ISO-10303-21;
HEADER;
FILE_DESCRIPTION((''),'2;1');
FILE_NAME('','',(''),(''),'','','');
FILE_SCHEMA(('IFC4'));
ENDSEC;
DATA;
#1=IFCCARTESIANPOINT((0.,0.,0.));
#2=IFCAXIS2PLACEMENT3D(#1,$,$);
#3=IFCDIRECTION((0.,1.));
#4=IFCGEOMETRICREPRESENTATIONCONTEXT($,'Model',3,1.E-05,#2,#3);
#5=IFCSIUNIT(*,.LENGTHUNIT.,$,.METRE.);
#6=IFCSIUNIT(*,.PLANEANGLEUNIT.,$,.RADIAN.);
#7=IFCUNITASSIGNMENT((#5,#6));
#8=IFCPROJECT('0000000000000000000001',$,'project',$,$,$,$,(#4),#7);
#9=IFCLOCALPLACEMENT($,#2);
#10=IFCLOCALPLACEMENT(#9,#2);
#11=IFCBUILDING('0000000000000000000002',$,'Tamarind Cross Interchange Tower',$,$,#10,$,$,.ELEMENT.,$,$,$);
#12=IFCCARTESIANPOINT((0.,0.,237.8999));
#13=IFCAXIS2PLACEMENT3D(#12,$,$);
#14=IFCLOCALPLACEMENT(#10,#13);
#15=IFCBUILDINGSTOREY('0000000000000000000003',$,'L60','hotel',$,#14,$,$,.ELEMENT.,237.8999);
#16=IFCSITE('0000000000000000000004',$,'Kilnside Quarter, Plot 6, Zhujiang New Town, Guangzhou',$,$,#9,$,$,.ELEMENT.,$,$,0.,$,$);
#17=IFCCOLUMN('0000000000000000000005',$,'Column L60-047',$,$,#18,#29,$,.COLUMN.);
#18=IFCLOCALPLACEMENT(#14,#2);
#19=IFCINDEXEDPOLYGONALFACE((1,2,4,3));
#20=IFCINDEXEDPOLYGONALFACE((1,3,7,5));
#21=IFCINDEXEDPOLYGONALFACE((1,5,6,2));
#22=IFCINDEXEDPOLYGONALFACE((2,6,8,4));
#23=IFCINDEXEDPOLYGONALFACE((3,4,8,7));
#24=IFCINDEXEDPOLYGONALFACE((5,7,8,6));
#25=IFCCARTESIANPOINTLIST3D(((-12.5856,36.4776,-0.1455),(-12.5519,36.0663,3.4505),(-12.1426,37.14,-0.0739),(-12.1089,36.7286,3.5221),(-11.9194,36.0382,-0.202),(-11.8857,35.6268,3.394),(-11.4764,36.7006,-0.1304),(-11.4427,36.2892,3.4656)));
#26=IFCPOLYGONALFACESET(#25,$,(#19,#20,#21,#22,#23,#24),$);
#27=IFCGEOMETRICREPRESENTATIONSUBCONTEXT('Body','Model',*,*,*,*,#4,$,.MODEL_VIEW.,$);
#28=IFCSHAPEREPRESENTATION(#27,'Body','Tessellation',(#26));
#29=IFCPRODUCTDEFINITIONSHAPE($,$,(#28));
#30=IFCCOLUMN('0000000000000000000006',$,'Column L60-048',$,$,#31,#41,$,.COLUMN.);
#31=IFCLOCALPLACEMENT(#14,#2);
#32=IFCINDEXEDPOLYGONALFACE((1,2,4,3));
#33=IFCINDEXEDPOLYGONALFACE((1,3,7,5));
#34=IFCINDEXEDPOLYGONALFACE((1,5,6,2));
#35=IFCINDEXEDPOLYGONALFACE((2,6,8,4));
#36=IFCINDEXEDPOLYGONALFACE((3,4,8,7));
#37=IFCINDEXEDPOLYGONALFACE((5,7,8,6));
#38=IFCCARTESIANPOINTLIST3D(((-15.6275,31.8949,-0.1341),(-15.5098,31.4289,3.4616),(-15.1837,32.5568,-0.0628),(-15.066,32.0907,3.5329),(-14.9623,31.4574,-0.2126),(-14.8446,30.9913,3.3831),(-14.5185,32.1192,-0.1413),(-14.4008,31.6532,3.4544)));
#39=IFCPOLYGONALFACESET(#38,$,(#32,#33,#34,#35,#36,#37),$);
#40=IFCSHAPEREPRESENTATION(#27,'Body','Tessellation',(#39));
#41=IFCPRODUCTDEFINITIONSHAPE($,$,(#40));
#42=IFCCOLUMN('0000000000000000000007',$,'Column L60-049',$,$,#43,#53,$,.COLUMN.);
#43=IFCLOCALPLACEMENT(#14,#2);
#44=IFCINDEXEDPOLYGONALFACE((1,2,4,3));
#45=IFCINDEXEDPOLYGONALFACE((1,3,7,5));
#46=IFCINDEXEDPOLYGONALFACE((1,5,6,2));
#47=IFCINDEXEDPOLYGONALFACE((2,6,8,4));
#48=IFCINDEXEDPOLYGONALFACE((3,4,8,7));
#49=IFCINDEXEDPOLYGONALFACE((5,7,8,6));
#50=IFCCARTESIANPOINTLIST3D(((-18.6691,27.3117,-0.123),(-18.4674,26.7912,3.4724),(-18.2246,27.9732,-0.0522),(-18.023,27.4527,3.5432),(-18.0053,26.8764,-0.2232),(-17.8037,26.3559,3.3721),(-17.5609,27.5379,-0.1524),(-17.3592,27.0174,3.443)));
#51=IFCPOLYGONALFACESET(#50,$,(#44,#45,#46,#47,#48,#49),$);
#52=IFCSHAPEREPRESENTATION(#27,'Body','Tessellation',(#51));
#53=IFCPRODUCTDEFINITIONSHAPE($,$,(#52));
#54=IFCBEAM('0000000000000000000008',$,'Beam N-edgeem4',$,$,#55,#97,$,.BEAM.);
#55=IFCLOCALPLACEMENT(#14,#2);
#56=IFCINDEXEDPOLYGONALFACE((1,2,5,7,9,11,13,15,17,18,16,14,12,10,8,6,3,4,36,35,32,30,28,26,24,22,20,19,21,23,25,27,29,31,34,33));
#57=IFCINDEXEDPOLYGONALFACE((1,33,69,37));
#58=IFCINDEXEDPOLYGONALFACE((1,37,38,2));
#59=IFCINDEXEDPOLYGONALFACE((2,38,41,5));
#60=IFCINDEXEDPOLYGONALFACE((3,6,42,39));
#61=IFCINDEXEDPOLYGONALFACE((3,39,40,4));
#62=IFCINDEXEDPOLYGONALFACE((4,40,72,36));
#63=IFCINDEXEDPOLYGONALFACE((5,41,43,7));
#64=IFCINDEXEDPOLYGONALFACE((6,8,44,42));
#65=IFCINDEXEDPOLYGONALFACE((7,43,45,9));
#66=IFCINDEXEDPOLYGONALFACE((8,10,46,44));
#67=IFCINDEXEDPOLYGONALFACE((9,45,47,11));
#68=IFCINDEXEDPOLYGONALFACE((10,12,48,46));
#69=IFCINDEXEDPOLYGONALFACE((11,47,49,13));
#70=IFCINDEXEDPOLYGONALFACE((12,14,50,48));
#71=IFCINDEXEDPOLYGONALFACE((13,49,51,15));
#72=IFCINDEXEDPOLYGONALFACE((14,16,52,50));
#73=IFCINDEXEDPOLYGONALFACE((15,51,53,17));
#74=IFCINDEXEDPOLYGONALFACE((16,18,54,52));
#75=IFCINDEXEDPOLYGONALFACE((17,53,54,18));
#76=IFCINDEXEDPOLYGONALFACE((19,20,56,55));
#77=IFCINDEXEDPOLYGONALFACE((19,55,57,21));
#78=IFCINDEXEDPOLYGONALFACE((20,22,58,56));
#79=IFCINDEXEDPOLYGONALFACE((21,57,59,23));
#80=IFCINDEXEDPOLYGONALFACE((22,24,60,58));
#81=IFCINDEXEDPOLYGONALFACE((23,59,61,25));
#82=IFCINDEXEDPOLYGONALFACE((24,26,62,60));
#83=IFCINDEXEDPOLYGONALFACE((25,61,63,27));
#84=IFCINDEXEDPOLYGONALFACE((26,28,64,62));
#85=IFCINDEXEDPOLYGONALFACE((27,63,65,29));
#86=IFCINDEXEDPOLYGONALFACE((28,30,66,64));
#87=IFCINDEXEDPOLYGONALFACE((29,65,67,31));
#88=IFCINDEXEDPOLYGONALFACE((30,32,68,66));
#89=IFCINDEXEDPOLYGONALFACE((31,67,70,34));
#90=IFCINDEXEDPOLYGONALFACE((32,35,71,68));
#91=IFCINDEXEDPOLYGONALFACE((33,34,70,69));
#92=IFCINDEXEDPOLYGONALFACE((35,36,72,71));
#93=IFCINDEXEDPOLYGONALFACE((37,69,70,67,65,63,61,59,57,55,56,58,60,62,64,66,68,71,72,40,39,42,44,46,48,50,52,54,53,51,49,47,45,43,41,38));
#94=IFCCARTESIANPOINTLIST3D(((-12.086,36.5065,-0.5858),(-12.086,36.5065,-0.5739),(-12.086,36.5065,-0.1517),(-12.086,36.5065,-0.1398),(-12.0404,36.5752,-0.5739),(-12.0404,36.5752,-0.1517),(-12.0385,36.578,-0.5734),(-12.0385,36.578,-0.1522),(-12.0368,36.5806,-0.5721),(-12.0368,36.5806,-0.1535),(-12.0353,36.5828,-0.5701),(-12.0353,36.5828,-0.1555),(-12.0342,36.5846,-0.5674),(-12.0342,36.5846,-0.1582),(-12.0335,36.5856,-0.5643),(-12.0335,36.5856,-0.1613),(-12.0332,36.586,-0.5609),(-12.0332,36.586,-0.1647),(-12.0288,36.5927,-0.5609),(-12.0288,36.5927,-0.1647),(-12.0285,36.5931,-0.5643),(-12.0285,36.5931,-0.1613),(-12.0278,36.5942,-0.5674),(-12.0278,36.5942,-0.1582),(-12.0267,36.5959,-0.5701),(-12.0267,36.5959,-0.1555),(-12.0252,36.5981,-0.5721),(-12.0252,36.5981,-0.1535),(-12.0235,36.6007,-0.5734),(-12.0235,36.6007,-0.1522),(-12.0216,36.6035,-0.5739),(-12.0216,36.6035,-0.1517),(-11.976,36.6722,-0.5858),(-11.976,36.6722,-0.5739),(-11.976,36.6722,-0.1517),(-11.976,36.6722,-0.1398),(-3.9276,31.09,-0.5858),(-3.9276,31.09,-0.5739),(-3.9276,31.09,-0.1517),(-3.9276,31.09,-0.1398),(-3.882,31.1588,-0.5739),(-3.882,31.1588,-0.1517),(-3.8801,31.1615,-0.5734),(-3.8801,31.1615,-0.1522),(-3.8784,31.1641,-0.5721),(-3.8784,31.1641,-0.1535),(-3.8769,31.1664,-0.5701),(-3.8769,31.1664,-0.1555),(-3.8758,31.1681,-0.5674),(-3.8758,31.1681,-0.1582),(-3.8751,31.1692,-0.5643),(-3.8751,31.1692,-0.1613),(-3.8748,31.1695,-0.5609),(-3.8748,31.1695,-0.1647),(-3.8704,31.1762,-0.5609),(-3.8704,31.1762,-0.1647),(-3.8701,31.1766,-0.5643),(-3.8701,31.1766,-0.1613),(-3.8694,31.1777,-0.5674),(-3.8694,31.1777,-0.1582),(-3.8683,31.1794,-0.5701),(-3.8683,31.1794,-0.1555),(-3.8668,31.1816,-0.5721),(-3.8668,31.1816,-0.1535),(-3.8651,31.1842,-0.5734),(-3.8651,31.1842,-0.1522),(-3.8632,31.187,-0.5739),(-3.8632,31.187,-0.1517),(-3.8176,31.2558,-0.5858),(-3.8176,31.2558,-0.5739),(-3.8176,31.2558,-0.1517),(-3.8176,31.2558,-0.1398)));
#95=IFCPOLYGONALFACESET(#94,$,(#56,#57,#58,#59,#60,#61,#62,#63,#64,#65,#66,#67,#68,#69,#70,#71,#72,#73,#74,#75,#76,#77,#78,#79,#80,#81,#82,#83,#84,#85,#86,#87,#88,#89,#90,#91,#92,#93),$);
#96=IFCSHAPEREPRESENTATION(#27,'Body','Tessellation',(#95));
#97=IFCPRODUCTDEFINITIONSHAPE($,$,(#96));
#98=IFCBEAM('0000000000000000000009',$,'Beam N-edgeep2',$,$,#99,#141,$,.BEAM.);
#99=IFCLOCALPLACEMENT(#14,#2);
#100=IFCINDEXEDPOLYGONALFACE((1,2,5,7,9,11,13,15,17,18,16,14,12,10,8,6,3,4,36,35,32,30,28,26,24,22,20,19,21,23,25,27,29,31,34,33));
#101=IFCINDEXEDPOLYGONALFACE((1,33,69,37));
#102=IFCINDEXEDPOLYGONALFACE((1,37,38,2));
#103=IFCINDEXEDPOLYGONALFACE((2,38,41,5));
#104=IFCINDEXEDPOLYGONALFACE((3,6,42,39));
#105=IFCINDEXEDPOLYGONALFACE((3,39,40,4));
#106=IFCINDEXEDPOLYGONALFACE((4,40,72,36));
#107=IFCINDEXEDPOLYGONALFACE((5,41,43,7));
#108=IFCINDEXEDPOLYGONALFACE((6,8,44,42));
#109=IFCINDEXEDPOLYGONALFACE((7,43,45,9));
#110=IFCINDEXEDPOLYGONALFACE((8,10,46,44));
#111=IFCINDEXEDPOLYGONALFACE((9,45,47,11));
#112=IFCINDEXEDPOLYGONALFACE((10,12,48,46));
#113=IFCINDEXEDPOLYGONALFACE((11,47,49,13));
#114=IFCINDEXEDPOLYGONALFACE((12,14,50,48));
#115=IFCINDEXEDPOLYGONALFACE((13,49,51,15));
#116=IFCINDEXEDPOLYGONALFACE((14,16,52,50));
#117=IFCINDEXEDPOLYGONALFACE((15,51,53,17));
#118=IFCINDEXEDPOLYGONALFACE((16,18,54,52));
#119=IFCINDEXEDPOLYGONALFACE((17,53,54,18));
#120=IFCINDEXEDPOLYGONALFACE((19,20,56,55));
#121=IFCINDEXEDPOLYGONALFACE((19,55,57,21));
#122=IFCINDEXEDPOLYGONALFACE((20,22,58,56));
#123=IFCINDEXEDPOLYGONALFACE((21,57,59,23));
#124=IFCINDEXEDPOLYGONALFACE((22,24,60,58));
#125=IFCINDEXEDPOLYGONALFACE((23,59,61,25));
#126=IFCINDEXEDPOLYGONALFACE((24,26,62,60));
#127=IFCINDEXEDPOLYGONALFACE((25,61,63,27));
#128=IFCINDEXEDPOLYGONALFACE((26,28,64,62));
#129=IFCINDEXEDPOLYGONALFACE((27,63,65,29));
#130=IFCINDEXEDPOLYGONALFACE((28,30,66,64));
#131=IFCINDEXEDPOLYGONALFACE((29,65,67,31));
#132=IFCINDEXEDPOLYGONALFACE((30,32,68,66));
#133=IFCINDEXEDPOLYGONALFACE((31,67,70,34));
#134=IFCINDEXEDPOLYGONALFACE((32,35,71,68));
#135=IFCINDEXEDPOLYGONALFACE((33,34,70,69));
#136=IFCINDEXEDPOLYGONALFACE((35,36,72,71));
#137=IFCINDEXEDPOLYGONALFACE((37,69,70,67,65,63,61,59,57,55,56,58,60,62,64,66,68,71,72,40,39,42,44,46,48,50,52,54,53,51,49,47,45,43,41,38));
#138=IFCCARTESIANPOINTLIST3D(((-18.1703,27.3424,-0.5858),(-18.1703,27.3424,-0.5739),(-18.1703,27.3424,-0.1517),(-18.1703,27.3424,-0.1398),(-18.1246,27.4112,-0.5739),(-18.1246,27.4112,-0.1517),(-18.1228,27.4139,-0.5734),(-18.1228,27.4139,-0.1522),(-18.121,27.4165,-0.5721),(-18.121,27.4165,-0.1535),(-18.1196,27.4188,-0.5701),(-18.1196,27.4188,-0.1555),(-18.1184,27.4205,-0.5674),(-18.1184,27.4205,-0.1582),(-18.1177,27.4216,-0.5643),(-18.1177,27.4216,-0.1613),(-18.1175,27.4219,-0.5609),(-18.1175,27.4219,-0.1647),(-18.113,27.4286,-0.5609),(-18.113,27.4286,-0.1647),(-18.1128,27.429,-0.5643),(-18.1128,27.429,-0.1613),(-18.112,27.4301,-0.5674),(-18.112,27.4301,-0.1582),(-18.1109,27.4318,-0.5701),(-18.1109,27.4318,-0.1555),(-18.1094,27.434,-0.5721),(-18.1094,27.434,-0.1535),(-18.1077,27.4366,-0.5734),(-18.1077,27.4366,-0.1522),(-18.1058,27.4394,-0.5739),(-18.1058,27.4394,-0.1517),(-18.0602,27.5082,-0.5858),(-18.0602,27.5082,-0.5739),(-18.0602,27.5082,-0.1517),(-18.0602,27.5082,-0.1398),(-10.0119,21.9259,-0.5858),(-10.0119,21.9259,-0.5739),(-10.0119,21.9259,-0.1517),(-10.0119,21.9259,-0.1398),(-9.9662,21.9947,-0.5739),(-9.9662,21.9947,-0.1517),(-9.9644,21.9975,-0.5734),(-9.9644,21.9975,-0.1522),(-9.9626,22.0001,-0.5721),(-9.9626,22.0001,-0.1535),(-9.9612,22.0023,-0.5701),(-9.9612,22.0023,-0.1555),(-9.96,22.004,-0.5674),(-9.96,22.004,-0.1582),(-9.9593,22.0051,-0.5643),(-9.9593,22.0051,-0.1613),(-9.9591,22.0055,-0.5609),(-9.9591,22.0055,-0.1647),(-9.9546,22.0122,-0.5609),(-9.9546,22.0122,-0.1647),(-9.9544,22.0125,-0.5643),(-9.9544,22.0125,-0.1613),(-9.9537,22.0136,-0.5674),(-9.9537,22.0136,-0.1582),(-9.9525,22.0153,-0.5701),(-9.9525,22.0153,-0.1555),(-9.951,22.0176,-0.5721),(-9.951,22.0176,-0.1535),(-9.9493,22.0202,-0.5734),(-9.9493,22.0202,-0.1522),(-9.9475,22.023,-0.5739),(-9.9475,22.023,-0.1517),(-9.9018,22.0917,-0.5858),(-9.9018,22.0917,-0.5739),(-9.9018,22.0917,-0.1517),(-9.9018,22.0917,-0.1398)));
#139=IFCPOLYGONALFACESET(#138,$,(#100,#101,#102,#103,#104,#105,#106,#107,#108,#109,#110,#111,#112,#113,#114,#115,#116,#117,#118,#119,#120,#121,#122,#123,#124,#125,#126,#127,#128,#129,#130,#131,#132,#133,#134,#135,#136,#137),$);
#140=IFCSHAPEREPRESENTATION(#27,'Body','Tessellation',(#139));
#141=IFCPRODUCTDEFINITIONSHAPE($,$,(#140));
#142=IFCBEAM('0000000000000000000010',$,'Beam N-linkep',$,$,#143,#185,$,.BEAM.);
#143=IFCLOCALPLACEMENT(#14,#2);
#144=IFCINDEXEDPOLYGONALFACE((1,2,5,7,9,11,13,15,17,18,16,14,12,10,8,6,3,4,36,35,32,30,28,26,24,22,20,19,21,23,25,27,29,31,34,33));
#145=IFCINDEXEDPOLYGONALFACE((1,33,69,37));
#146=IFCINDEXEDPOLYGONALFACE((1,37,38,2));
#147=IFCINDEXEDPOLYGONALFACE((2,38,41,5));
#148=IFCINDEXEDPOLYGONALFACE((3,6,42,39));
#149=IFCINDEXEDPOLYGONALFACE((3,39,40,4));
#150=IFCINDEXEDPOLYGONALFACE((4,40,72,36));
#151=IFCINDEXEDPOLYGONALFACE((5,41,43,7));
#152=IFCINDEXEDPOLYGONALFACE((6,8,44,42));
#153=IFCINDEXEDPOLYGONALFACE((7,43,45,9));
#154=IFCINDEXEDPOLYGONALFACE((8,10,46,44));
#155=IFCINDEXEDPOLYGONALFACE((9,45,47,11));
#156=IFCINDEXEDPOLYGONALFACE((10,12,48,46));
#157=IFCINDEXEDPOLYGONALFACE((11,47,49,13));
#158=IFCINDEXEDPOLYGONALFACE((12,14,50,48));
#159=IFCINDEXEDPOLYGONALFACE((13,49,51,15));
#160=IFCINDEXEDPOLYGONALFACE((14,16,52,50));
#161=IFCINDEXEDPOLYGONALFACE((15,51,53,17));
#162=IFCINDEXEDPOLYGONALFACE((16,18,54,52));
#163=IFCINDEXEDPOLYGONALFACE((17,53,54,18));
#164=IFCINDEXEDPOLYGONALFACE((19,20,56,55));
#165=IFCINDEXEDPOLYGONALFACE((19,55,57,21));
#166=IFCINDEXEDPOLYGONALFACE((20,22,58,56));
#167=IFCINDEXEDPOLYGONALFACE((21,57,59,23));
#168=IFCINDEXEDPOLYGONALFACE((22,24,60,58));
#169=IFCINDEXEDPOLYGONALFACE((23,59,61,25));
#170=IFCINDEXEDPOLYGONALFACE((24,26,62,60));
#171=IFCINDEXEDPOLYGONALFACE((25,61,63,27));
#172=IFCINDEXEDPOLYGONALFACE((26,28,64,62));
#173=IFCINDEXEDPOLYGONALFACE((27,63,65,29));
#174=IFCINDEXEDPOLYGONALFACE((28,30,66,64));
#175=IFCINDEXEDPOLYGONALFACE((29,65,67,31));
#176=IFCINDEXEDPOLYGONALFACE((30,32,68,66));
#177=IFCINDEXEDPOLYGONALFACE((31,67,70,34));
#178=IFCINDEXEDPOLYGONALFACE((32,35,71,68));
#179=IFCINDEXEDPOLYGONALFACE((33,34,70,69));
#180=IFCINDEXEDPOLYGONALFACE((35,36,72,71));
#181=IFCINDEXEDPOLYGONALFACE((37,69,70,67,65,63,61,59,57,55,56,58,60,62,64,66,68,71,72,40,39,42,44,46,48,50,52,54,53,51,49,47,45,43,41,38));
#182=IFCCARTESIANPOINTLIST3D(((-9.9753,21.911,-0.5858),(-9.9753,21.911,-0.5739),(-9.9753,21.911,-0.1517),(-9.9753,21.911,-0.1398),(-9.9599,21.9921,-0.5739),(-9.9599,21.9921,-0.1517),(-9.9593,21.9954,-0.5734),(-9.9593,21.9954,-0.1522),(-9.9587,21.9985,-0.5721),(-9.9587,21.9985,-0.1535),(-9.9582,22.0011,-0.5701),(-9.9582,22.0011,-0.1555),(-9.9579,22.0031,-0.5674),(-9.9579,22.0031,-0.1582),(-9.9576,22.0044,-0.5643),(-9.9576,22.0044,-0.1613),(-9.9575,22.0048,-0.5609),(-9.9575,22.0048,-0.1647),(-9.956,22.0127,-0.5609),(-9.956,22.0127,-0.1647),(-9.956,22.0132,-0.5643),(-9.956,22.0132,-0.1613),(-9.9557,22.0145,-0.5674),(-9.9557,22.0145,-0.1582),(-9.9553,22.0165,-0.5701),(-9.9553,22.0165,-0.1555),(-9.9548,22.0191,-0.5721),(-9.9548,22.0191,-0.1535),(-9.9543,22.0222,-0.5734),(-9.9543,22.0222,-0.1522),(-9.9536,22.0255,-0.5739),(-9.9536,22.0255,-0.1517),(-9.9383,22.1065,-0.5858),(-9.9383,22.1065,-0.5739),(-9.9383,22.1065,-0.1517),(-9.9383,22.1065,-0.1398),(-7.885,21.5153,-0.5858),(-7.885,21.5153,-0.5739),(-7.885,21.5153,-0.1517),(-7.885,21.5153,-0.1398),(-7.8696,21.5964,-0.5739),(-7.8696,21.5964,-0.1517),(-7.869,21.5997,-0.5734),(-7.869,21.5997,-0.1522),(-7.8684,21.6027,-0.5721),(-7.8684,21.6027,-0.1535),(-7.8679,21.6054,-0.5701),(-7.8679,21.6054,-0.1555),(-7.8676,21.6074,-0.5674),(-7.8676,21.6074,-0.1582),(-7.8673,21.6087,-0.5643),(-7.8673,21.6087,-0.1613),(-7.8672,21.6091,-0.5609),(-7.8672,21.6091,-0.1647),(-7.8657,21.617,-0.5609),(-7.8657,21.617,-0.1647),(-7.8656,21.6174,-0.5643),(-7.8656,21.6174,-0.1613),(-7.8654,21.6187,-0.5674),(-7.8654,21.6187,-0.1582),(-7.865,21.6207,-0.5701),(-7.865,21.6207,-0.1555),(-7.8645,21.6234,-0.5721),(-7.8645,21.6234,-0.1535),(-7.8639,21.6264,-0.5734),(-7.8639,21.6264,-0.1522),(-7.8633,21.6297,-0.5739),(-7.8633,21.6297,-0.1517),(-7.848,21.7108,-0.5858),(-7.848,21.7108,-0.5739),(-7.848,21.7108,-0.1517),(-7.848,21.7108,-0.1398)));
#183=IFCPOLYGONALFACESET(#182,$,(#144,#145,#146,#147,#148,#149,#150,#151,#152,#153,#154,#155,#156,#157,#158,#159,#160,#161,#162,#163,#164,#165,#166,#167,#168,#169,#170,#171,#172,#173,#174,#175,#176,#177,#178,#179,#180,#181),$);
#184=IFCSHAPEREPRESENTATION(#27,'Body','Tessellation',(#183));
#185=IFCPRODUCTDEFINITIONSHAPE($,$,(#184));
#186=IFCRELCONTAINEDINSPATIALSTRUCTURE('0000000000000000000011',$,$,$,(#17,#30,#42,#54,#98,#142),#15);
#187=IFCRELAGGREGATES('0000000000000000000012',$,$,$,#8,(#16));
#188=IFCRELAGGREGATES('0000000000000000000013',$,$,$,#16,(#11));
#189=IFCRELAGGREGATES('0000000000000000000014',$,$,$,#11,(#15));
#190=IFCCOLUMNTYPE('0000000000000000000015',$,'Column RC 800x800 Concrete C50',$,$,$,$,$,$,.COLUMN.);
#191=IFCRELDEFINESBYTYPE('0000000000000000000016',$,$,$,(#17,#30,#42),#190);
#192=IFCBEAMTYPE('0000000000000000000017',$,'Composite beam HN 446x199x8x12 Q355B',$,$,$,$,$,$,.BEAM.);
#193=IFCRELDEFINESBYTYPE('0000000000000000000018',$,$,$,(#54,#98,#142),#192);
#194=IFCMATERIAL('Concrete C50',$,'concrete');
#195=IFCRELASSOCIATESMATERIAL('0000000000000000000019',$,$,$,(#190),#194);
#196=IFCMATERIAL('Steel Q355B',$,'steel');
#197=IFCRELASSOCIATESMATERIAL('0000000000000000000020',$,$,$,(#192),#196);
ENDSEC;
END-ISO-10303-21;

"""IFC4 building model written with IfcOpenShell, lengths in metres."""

from ifc_helpers import new_model, si_unit, direction, frame, origin, origin_2d, place, context, subcontext, project, spatial, rectangle, i_section, extrude, material, material_profile, profile_set, type_object, element, save


model = new_model("IFC4")

# Units and contexts
model_context = context("Model", 3, precision=1e-05, world=origin(), true_north=direction((0.0, 1.0)))
body_context = subcontext(model_context, "Body", "Model", "MODEL_VIEW")
ifc_project = project(units=[si_unit("LENGTHUNIT", "METRE"), si_unit("PLANEANGLEUNIT", "RADIAN")], contexts=[model_context])

# Site, building, storey
site_placement = place(None, origin())
site = spatial("IfcSite", under=ifc_project, at=site_placement, Name="Kilnside Quarter, Plot 6, Zhujiang New Town, Guangzhou", CompositionType="ELEMENT", RefElevation=0.0)
building_placement = place(site_placement, origin())
building = spatial("IfcBuilding", under=site, at=building_placement, Name="Tamarind Cross Interchange Tower", CompositionType="ELEMENT")
storey_placement = place(building_placement, frame((0.0, 0.0, 237.8999)))
storey = spatial("IfcBuildingStorey", under=building, at=storey_placement, Name="L60", Description="hotel", CompositionType="ELEMENT", Elevation=237.8999)

# Columns
ifc_material_1 = material(Name="Concrete C50", Category="concrete")
ifc_material_profile_1 = material_profile(ifc_material_1, rectangle(XDim=0.8, YDim=0.8, at=origin_2d()), Name="RC 800x800")
ifc_profile_set_1 = profile_set([ifc_material_profile_1], Name="Concrete C50")
column_type = type_object("IfcColumnType", Name="Column RC 800x800 Concrete C50", PredefinedType="COLUMN", material=ifc_profile_set_1)
column_1_placement = place(storey_placement, frame((-12.031, 36.5891, -0.1379), z_axis=(0.009308, -0.113654, 0.993477), x_axis=(0.553677, 0.827905, 0.089525)))
element("IfcColumn", 1, at=column_1_placement, inside=storey, type_object=column_type, Name="Column L60-047", PredefinedType="COLUMN", context=body_context, shape_type="SweptSolid", body=[
    extrude(rectangle(XDim=0.8, YDim=0.8, at=origin_2d()), origin(), (0.0, 0.0, 1.0), 3.6196),
])
column_2_placement = place(storey_placement, frame((-15.073, 32.0071, -0.1377), z_axis=(0.032438, -0.128474, 0.991182), x_axis=(0.554677, 0.827284, 0.089077)))
element("IfcColumn", 2, at=column_2_placement, inside=storey, type_object=column_type, Name="Column L60-048", PredefinedType="COLUMN", context=body_context, shape_type="SweptSolid", body=[
    extrude(rectangle(XDim=0.8, YDim=0.8, at=origin_2d()), origin(), (0.0, 0.0, 1.0), 3.6277),
])
column_3_placement = place(storey_placement, frame((-18.115, 27.4248, -0.1377), z_axis=(0.055423, -0.143054, 0.988162), x_axis=(0.555549, 0.826758, 0.088529)))
element("IfcColumn", 3, at=column_3_placement, inside=storey, type_object=column_type, Name="Column L60-049", PredefinedType="COLUMN", context=body_context, shape_type="SweptSolid", body=[
    extrude(rectangle(XDim=0.8, YDim=0.8, at=origin_2d()), origin(), (0.0, 0.0, 1.0), 3.6384),
])

# Beams
ifc_material_2 = material(Name="Steel Q355B", Category="steel")
ifc_material_profile_2 = material_profile(ifc_material_2, i_section(OverallWidth=0.199, OverallDepth=0.446, WebThickness=0.0081, FlangeThickness=0.012, FilletRadius=0.0129, at=origin_2d()), Name="HN 446x199x8x12")
ifc_profile_set_2 = profile_set([ifc_material_profile_2], Name="Steel Q355B")
beam_type_1 = type_object("IfcBeamType", Name="Composite beam HN 446x199x8x12 Q355B", PredefinedType="BEAM", material=ifc_profile_set_2)
for number, where, z_axis, x_axis, name in (
    (4, (-12.031, 36.5894, -0.3628), (0.833107, -0.553111, 0.0), (0.553111, 0.833107, 0.0), "Beam N-edgeem4"),
    (5, (-18.1152, 27.4253, -0.3628), (0.833107, -0.553111, 0.0), (0.553111, 0.833107, 0.0), "Beam N-edgeep2"),
):
    element("IfcBeam", number, at=place(storey_placement, frame(where, z_axis=z_axis, x_axis=x_axis)), inside=storey, type_object=beam_type_1, Name=name, PredefinedType="BEAM", context=body_context, shape_type="SweptSolid", body=[
        extrude(i_section(OverallWidth=0.199, OverallDepth=0.446, WebThickness=0.0081, FlangeThickness=0.012, FilletRadius=0.0129, at=origin_2d()), origin(), (0.0, 0.0, 1.0), 9.7927),
    ])
beam_1_placement = place(storey_placement, frame((-9.9568, 22.0088, -0.3628), z_axis=(0.982546, -0.18602, 0.0), x_axis=(0.18602, 0.982546, 0.0)))
element("IfcBeam", 6, at=beam_1_placement, inside=storey, type_object=beam_type_1, Name="Beam N-linkep", PredefinedType="BEAM", context=body_context, shape_type="SweptSolid", body=[
    extrude(i_section(OverallWidth=0.199, OverallDepth=0.446, WebThickness=0.0081, FlangeThickness=0.012, FilletRadius=0.0129, at=origin_2d()), origin(), (0.0, 0.0, 1.0), 2.1274),
])

save(model, "model.ifc")
